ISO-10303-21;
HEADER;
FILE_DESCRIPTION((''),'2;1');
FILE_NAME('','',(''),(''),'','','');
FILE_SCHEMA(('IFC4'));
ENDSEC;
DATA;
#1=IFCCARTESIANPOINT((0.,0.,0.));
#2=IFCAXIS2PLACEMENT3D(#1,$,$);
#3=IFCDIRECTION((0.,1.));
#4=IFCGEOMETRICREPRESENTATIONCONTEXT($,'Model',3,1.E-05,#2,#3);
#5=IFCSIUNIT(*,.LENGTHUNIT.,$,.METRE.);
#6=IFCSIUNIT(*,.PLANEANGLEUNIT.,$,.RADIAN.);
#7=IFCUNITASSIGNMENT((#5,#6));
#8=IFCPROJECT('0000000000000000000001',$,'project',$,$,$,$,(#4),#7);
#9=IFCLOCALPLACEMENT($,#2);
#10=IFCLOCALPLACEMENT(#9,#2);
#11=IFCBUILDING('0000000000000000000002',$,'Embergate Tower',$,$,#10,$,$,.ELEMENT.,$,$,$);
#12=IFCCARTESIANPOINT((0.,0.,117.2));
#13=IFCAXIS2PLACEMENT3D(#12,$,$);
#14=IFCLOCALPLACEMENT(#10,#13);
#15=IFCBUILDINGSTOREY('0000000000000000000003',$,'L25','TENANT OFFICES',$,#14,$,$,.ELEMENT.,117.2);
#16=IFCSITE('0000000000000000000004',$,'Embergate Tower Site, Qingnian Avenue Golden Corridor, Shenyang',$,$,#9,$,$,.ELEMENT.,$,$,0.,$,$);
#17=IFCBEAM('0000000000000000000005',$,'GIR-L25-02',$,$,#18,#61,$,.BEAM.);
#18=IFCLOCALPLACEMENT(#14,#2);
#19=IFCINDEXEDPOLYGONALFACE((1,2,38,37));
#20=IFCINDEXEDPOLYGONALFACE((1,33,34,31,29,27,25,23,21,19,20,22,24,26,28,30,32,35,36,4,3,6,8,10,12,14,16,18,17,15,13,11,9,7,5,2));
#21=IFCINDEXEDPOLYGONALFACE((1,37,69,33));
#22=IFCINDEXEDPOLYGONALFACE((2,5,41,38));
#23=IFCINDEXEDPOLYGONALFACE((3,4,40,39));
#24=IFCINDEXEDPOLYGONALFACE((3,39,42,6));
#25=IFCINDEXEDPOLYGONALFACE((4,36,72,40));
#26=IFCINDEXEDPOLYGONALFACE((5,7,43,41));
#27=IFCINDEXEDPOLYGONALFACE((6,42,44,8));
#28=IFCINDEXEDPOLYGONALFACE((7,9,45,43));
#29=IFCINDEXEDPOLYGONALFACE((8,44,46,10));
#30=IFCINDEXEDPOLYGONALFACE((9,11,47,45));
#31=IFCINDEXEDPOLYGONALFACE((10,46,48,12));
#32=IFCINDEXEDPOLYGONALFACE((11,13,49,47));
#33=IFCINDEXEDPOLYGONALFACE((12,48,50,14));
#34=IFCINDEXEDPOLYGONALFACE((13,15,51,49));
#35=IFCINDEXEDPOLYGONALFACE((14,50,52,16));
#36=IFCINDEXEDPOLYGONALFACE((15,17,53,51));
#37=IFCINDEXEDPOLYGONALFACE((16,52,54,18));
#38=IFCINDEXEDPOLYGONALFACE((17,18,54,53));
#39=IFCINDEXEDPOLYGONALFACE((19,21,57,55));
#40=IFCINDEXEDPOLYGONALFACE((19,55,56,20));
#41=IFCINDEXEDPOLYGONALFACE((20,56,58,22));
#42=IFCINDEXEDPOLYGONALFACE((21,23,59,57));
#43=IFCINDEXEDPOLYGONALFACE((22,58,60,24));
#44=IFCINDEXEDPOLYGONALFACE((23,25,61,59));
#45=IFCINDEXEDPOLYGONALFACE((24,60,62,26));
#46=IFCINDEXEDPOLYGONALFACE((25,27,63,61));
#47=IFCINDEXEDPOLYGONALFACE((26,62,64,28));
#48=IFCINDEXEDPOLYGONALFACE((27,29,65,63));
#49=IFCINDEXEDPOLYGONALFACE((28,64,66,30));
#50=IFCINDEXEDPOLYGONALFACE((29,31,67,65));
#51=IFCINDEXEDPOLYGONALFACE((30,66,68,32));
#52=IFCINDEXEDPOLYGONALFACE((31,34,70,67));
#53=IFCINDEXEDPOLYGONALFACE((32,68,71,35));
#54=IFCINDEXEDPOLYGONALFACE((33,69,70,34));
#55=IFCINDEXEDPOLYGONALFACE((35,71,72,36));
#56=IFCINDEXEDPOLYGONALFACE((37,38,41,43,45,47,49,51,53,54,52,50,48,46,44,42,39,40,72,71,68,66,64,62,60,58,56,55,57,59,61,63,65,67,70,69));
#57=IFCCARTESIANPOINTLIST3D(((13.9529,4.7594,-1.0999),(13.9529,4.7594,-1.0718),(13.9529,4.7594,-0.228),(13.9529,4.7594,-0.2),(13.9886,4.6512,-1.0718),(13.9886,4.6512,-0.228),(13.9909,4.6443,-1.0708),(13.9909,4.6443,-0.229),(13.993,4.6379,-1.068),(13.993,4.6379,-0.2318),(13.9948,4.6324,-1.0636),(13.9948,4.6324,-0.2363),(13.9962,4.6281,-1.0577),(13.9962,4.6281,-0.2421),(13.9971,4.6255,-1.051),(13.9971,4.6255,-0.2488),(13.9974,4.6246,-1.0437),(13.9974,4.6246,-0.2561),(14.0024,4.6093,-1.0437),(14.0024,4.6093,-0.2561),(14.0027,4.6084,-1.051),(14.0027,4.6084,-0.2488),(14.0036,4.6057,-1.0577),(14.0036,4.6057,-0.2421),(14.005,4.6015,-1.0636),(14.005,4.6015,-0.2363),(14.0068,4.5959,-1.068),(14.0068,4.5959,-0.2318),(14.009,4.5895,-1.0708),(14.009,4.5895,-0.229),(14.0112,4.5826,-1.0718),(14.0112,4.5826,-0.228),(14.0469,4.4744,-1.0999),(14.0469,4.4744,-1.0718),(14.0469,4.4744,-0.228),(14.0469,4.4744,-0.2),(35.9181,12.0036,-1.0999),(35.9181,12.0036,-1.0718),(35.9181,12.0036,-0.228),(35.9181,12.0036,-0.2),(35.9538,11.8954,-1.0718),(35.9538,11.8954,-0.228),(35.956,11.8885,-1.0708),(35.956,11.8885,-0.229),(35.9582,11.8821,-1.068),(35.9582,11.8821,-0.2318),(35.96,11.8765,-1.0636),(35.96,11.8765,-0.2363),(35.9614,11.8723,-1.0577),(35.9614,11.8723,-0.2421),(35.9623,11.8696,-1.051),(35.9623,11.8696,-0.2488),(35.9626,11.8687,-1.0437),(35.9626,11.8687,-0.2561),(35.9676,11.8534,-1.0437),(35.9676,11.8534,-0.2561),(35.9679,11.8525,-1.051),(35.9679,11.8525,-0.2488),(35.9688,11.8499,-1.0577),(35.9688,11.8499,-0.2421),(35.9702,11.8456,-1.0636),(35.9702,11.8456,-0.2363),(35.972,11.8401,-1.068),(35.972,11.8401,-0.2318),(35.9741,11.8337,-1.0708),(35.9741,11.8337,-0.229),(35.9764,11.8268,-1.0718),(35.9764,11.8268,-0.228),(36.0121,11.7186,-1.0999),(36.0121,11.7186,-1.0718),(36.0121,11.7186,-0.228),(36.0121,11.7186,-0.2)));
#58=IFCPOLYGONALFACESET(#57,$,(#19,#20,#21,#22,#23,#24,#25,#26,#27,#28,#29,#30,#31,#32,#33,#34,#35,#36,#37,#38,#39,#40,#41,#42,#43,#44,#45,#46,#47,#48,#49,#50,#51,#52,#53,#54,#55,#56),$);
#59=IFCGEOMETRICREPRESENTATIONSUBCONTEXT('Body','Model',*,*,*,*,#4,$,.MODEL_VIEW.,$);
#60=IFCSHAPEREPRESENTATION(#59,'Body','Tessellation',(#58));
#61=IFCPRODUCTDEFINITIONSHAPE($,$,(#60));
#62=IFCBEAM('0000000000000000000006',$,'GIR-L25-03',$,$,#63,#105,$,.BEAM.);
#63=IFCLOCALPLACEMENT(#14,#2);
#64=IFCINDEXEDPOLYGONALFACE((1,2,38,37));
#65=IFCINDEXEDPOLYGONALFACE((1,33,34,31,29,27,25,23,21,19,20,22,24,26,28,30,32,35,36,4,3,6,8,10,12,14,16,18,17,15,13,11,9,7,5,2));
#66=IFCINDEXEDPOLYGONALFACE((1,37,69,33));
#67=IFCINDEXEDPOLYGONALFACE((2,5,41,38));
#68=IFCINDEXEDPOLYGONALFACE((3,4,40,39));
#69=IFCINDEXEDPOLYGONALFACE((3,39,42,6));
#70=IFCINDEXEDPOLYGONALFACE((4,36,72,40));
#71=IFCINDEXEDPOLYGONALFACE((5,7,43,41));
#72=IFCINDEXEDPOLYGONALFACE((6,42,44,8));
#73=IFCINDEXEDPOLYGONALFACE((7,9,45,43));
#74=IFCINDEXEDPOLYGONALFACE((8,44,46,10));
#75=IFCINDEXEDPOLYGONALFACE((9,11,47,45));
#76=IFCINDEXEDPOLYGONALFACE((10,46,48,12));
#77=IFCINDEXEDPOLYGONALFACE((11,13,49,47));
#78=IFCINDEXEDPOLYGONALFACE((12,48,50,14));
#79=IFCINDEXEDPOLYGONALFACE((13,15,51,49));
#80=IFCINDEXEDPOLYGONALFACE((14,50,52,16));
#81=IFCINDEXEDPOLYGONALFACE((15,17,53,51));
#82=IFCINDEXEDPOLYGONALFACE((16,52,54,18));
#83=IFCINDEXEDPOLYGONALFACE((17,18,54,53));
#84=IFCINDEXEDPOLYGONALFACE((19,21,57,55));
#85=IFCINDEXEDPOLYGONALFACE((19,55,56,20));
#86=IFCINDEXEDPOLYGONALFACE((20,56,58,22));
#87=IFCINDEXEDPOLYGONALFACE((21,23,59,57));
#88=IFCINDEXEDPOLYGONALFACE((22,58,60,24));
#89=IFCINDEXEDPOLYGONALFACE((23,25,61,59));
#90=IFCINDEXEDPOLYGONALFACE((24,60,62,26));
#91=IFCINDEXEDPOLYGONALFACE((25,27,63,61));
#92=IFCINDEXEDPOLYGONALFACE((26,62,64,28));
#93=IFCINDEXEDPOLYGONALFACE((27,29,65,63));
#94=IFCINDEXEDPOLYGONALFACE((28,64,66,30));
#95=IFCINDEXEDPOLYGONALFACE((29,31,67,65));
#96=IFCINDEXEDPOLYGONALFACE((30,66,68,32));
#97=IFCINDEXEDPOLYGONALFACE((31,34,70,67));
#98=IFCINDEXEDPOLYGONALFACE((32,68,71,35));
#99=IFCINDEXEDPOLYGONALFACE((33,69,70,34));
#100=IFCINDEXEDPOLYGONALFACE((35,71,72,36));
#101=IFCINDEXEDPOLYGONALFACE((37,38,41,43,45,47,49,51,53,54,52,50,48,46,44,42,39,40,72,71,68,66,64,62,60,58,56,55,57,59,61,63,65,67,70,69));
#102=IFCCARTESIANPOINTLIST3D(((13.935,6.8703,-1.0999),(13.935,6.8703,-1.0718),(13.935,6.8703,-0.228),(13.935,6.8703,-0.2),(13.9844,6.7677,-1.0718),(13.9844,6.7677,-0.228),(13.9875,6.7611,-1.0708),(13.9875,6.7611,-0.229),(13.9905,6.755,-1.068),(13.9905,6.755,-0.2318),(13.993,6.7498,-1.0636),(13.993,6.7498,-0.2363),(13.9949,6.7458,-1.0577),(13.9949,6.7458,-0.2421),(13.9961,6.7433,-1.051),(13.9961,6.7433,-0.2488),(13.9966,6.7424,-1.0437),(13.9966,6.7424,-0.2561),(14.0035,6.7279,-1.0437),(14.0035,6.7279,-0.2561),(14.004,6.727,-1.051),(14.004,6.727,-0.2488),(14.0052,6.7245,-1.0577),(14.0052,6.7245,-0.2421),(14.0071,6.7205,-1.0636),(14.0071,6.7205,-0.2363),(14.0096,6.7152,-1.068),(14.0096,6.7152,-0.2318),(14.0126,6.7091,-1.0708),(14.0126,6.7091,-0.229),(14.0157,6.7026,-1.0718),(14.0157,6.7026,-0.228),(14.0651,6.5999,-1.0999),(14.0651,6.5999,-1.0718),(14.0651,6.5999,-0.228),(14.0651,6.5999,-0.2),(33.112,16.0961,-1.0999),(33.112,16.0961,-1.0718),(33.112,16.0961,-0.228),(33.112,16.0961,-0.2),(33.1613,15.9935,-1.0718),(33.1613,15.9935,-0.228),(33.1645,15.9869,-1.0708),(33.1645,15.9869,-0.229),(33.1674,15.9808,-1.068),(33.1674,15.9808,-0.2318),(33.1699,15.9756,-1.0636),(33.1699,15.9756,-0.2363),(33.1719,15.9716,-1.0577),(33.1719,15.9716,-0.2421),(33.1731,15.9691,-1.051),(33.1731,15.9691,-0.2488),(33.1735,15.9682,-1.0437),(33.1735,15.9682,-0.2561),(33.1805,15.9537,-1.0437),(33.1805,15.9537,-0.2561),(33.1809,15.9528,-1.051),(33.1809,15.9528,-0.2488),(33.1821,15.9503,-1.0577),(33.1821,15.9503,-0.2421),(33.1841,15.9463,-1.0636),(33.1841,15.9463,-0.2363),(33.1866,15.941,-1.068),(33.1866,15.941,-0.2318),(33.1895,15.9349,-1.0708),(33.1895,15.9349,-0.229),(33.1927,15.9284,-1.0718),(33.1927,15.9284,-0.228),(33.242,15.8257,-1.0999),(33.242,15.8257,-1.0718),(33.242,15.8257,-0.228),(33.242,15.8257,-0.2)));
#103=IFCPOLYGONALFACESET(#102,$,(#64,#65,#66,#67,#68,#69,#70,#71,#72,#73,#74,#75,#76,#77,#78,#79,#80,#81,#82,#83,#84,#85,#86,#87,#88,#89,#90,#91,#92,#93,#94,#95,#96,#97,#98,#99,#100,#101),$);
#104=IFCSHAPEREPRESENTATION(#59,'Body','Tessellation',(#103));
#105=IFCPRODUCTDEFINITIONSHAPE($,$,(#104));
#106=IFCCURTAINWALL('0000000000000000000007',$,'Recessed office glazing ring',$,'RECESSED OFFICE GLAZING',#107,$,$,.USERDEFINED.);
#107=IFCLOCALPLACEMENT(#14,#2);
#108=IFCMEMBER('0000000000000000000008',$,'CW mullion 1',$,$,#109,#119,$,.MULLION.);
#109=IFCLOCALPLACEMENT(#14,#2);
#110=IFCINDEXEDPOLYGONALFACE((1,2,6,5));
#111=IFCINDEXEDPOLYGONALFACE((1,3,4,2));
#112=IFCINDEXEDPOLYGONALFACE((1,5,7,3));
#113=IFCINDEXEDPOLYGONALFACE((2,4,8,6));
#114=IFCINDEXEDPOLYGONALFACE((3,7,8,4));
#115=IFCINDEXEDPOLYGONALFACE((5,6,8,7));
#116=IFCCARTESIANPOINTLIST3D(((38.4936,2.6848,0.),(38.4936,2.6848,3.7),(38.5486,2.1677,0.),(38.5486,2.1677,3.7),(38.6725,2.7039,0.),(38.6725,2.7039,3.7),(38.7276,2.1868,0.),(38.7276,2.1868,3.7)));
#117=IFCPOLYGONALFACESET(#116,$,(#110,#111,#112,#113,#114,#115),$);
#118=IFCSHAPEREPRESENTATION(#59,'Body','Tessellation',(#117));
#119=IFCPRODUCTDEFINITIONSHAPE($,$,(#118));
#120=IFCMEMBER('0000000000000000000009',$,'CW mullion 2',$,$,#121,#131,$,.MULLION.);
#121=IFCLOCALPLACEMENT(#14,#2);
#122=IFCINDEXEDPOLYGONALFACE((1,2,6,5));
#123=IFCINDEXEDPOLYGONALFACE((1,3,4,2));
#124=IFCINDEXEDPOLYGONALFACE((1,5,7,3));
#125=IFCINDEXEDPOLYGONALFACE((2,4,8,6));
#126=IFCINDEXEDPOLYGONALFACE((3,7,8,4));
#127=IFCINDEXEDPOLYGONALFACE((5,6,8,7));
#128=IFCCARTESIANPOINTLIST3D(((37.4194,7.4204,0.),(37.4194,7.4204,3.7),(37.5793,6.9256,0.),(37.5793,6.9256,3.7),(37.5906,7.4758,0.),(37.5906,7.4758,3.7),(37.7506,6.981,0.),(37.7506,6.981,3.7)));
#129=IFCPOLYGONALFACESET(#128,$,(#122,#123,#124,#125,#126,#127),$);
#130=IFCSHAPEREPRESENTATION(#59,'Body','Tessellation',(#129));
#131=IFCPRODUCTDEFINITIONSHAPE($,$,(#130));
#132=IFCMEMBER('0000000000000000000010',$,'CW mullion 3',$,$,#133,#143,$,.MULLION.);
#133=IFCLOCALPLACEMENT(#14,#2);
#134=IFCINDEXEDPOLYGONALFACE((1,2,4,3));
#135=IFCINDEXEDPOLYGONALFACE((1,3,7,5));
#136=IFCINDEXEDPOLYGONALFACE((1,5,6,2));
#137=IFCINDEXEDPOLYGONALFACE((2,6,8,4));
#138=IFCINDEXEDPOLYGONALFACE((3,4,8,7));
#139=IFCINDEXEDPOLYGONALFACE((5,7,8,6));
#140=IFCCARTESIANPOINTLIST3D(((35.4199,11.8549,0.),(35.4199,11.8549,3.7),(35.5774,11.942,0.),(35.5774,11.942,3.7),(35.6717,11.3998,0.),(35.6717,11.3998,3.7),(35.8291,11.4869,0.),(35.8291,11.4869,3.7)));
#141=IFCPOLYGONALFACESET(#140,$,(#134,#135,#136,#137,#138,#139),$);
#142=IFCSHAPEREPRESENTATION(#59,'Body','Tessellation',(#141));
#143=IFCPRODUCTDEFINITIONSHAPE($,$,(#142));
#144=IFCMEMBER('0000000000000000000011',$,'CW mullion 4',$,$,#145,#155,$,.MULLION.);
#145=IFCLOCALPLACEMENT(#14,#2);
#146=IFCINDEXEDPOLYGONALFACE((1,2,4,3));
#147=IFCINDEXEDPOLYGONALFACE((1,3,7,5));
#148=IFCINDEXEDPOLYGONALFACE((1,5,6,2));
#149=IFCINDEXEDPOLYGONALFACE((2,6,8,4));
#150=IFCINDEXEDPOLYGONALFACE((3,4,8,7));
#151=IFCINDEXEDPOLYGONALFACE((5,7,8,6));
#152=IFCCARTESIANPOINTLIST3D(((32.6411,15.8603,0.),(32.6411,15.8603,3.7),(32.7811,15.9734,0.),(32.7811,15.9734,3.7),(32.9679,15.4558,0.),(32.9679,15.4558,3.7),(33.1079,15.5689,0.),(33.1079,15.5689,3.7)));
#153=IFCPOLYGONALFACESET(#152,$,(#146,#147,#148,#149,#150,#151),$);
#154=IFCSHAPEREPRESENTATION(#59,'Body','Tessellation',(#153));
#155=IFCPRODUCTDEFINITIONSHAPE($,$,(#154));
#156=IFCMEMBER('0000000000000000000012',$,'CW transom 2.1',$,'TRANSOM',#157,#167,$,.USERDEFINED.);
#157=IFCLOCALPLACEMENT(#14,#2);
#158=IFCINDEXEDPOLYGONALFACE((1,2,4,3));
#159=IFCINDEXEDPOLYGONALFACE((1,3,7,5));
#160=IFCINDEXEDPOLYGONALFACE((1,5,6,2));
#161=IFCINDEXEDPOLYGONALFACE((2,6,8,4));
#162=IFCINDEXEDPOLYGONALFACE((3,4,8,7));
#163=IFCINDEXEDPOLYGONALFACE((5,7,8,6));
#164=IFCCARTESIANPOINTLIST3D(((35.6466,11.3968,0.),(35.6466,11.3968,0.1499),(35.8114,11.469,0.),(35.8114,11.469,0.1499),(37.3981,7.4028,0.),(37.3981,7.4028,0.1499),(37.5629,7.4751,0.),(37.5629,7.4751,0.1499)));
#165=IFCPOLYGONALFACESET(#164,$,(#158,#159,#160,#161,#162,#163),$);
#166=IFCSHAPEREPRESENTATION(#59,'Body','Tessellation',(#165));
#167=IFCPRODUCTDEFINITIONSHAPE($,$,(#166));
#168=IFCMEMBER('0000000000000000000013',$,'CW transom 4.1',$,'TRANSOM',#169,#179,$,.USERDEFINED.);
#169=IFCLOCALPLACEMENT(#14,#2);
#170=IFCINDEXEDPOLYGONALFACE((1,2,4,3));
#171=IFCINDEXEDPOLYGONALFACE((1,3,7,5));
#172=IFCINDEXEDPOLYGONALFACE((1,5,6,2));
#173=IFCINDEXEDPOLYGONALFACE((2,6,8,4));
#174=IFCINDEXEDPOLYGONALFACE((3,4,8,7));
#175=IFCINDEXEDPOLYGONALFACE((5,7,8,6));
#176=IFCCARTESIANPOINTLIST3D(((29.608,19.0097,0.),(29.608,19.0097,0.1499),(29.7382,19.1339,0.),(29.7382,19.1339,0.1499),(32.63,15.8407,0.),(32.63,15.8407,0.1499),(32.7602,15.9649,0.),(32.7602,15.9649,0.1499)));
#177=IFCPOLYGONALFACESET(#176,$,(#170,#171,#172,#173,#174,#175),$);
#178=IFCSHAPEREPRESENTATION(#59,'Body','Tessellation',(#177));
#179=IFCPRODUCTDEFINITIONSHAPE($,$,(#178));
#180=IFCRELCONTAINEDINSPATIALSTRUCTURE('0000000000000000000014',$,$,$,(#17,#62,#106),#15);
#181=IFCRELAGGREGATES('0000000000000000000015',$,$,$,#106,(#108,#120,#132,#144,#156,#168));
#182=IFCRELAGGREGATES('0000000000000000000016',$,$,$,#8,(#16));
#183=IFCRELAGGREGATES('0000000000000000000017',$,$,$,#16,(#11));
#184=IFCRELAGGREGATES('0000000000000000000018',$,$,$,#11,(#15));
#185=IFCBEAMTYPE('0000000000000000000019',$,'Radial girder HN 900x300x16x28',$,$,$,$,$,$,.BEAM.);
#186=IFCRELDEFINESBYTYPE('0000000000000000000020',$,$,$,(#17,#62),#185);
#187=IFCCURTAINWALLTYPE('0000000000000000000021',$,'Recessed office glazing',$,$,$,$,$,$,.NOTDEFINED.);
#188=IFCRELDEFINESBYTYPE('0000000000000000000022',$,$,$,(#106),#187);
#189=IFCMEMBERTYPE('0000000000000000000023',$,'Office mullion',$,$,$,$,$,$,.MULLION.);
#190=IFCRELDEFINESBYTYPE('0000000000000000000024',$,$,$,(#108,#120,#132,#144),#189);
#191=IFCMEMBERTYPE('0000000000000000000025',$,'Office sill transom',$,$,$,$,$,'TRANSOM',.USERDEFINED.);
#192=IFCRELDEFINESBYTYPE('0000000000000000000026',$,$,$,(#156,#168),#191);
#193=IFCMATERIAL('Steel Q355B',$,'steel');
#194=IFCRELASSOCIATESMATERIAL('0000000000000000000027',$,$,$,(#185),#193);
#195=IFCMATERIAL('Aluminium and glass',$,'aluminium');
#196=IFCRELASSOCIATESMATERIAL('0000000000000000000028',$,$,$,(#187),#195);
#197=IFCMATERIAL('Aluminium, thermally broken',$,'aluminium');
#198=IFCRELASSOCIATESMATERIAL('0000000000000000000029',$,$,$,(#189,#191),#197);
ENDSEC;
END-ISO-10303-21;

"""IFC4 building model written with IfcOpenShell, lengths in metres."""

from ifc_helpers import new_model, si_unit, direction, frame, origin, origin_2d, place, context, subcontext, project, spatial, rectangle, i_section, extrude, source, transform, mapped, material, material_profile, profile_set, type_object, element, aggregate, save


model = new_model("IFC4")

# Units and contexts
model_context = context("Model", 3, precision=1e-05, world=origin(), true_north=direction((0.0, 1.0)))
body_context = subcontext(model_context, "Body", "Model", "MODEL_VIEW")
ifc_project = project(units=[si_unit("LENGTHUNIT", "METRE"), si_unit("PLANEANGLEUNIT", "RADIAN")], contexts=[model_context])

# Site, building, storey
site_placement = place(None, origin())
site = spatial("IfcSite", under=ifc_project, at=site_placement, Name="Embergate Tower Site, Qingnian Avenue Golden Corridor, Shenyang", CompositionType="ELEMENT", RefElevation=0.0)
building_placement = place(site_placement, origin())
building = spatial("IfcBuilding", under=site, at=building_placement, Name="Embergate Tower", CompositionType="ELEMENT")
storey_placement = place(building_placement, frame((0.0, 0.0, 117.2)))
storey = spatial("IfcBuildingStorey", under=building, at=storey_placement, Name="L25", Description="TENANT OFFICES", CompositionType="ELEMENT", Elevation=117.2)

# Beams
ifc_material_1 = material(Name="Steel Q355B", Category="steel")
ifc_material_profile_1 = material_profile(ifc_material_1, i_section(OverallWidth=0.3, OverallDepth=0.8999, WebThickness=0.0161, FlangeThickness=0.0281, FilletRadius=0.0281, at=origin_2d()), Name="HN 900x300x16x28")
ifc_profile_set_1 = profile_set([ifc_material_profile_1], Name="Steel Q355 grade B")
beam_type_1 = type_object("IfcBeamType", Name="Radial girder HN 900x300x16x28", PredefinedType="BEAM", material=ifc_profile_set_1)
shared_shape_1 = source(origin(), body_context, "Body", "SweptSolid", [
    extrude(i_section(OverallWidth=0.3, OverallDepth=0.8999, WebThickness=0.0161, FlangeThickness=0.0281, FilletRadius=0.0281, at=origin_2d()), origin(), (0.0, 0.0, 1.0), 23.1289),
])
beam_1_placement = place(storey_placement, frame((35.9651, 11.8611, -0.6499), z_axis=(-0.949684, -0.313208, 0.0), x_axis=(0.313208, -0.949684, 0.0)))
element("IfcBeam", 1, at=beam_1_placement, inside=storey, type_object=beam_type_1, Name="GIR-L25-02", PredefinedType="BEAM", context=body_context, shape_type="MappedRepresentation", body=[
    mapped(shared_shape_1, transform((0.0, 0.0, 0.0))),
])
shared_shape_2 = source(origin(), body_context, "Body", "SweptSolid", [
    extrude(i_section(OverallWidth=0.3, OverallDepth=0.8999, WebThickness=0.0161, FlangeThickness=0.0281, FilletRadius=0.0281, at=origin_2d()), origin(), (0.0, 0.0, 1.0), 21.2808),
])
beam_2_placement = place(storey_placement, frame((33.177, 15.9609, -0.6499), z_axis=(-0.90114, -0.433528, 0.0), x_axis=(0.433528, -0.90114, 0.0)))
element("IfcBeam", 2, at=beam_2_placement, inside=storey, type_object=beam_type_1, Name="GIR-L25-03", PredefinedType="BEAM", context=body_context, shape_type="MappedRepresentation", body=[
    mapped(shared_shape_2, transform((0.0, 0.0, 0.0))),
])

# Curtain wall, members
ifc_material_2 = material(Name="Aluminium and glass", Category="aluminium")
curtain_wall_type = type_object("IfcCurtainWallType", Name="Recessed office glazing", PredefinedType="NOTDEFINED", material=ifc_material_2)
curtain_wall_placement = place(storey_placement, origin())
curtain_wall = element("IfcCurtainWall", 3, at=curtain_wall_placement, inside=storey, type_object=curtain_wall_type, Name="Recessed office glazing ring", ObjectType="RECESSED OFFICE GLAZING", PredefinedType="USERDEFINED")
ifc_material_3 = material(Name="Aluminium, thermally broken", Category="aluminium")
ifc_material_profile_2 = material_profile(ifc_material_3, rectangle(XDim=0.1799, YDim=0.52, at=origin_2d()), Name="AL 520x180")
ifc_profile_set_2 = profile_set([ifc_material_profile_2], Name="Aluminium, thermally broken")
member_type_1 = type_object("IfcMemberType", Name="Office mullion", PredefinedType="MULLION", material=ifc_profile_set_2)
shared_shape_3 = source(origin(), body_context, "Body", "SweptSolid", [
    extrude(rectangle(XDim=0.1799, YDim=0.52, at=origin_2d()), origin(), (0.0, 0.0, 1.0), 3.7),
])
member_1_placement = place(storey_placement, frame((38.6106, 2.4358, 0.0), z_axis=(0.0, 0.0, 1.0), x_axis=(-0.994385, -0.10582, 0.0)))
member_1 = element("IfcMember", 4, at=member_1_placement, type_object=member_type_1, Name="CW mullion 1", PredefinedType="MULLION", context=body_context, shape_type="MappedRepresentation", body=[
    mapped(shared_shape_3, transform((0.0, 0.0, 0.0))),
])
member_2_placement = place(storey_placement, frame((37.585, 7.2007, 0.0), z_axis=(0.0, 0.0, 1.0), x_axis=(-0.9515, -0.307647, 0.0)))
member_2 = element("IfcMember", 5, at=member_2_placement, type_object=member_type_1, Name="CW mullion 2", PredefinedType="MULLION", context=body_context, shape_type="MappedRepresentation", body=[
    mapped(shared_shape_3, transform((0.0, 0.0, 0.0))),
])
member_3_placement = place(storey_placement, frame((35.6245, 11.6709, 0.0), z_axis=(0.0, 0.0, 1.0), x_axis=(-0.875007, -0.48411, 0.0)))
member_3 = element("IfcMember", 6, at=member_3_placement, type_object=member_type_1, Name="CW mullion 3", PredefinedType="MULLION", context=body_context, shape_type="MappedRepresentation", body=[
    mapped(shared_shape_3, transform((0.0, 0.0, 0.0))),
])
member_4_placement = place(storey_placement, frame((32.8745, 15.7146, 0.0), z_axis=(0.0, 0.0, 1.0), x_axis=(-0.777879, -0.628414, 0.0)))
member_4 = element("IfcMember", 7, at=member_4_placement, type_object=member_type_1, Name="CW mullion 4", PredefinedType="MULLION", context=body_context, shape_type="MappedRepresentation", body=[
    mapped(shared_shape_3, transform((0.0, 0.0, 0.0))),
])
ifc_material_profile_3 = material_profile(ifc_material_3, rectangle(XDim=0.1799, YDim=0.1499, at=origin_2d()), Name="AL 150x180")
ifc_profile_set_3 = profile_set([ifc_material_profile_3], Name="Aluminium, thermally broken")
member_type_2 = type_object("IfcMemberType", Name="Office sill transom", ElementType="TRANSOM", PredefinedType="USERDEFINED", material=ifc_profile_set_3)
shared_shape_4 = source(origin(), body_context, "Body", "SweptSolid", [
    extrude(rectangle(XDim=0.1799, YDim=0.1499, at=origin_2d()), origin(), (0.0, 0.0, 1.0), 4.3611),
])
member_5_placement = place(storey_placement, frame((37.4805, 7.439, 0.075), z_axis=(-0.401615, 0.915809, 0.0), x_axis=(-0.915809, -0.401615, 0.0)))
member_5 = element("IfcMember", 8, at=member_5_placement, type_object=member_type_2, Name="CW transom 2.1", ObjectType="TRANSOM", PredefinedType="USERDEFINED", context=body_context, shape_type="MappedRepresentation", body=[
    mapped(shared_shape_4, transform((0.0, 0.0, 0.0))),
])
shared_shape_5 = source(origin(), body_context, "Body", "SweptSolid", [
    extrude(rectangle(XDim=0.1799, YDim=0.1499, at=origin_2d()), origin(), (0.0, 0.0, 1.0), 4.3789),
])
member_6_placement = place(storey_placement, frame((32.6951, 15.9028, 0.075), z_axis=(-0.690126, 0.72369, 0.0), x_axis=(-0.72369, -0.690126, 0.0)))
member_6 = element("IfcMember", 9, at=member_6_placement, type_object=member_type_2, Name="CW transom 4.1", ObjectType="TRANSOM", PredefinedType="USERDEFINED", context=body_context, shape_type="MappedRepresentation", body=[
    mapped(shared_shape_5, transform((0.0, 0.0, 0.0))),
])
aggregate(curtain_wall, [member_1, member_2, member_3, member_4, member_5, member_6])

save(model, "model.ifc")
